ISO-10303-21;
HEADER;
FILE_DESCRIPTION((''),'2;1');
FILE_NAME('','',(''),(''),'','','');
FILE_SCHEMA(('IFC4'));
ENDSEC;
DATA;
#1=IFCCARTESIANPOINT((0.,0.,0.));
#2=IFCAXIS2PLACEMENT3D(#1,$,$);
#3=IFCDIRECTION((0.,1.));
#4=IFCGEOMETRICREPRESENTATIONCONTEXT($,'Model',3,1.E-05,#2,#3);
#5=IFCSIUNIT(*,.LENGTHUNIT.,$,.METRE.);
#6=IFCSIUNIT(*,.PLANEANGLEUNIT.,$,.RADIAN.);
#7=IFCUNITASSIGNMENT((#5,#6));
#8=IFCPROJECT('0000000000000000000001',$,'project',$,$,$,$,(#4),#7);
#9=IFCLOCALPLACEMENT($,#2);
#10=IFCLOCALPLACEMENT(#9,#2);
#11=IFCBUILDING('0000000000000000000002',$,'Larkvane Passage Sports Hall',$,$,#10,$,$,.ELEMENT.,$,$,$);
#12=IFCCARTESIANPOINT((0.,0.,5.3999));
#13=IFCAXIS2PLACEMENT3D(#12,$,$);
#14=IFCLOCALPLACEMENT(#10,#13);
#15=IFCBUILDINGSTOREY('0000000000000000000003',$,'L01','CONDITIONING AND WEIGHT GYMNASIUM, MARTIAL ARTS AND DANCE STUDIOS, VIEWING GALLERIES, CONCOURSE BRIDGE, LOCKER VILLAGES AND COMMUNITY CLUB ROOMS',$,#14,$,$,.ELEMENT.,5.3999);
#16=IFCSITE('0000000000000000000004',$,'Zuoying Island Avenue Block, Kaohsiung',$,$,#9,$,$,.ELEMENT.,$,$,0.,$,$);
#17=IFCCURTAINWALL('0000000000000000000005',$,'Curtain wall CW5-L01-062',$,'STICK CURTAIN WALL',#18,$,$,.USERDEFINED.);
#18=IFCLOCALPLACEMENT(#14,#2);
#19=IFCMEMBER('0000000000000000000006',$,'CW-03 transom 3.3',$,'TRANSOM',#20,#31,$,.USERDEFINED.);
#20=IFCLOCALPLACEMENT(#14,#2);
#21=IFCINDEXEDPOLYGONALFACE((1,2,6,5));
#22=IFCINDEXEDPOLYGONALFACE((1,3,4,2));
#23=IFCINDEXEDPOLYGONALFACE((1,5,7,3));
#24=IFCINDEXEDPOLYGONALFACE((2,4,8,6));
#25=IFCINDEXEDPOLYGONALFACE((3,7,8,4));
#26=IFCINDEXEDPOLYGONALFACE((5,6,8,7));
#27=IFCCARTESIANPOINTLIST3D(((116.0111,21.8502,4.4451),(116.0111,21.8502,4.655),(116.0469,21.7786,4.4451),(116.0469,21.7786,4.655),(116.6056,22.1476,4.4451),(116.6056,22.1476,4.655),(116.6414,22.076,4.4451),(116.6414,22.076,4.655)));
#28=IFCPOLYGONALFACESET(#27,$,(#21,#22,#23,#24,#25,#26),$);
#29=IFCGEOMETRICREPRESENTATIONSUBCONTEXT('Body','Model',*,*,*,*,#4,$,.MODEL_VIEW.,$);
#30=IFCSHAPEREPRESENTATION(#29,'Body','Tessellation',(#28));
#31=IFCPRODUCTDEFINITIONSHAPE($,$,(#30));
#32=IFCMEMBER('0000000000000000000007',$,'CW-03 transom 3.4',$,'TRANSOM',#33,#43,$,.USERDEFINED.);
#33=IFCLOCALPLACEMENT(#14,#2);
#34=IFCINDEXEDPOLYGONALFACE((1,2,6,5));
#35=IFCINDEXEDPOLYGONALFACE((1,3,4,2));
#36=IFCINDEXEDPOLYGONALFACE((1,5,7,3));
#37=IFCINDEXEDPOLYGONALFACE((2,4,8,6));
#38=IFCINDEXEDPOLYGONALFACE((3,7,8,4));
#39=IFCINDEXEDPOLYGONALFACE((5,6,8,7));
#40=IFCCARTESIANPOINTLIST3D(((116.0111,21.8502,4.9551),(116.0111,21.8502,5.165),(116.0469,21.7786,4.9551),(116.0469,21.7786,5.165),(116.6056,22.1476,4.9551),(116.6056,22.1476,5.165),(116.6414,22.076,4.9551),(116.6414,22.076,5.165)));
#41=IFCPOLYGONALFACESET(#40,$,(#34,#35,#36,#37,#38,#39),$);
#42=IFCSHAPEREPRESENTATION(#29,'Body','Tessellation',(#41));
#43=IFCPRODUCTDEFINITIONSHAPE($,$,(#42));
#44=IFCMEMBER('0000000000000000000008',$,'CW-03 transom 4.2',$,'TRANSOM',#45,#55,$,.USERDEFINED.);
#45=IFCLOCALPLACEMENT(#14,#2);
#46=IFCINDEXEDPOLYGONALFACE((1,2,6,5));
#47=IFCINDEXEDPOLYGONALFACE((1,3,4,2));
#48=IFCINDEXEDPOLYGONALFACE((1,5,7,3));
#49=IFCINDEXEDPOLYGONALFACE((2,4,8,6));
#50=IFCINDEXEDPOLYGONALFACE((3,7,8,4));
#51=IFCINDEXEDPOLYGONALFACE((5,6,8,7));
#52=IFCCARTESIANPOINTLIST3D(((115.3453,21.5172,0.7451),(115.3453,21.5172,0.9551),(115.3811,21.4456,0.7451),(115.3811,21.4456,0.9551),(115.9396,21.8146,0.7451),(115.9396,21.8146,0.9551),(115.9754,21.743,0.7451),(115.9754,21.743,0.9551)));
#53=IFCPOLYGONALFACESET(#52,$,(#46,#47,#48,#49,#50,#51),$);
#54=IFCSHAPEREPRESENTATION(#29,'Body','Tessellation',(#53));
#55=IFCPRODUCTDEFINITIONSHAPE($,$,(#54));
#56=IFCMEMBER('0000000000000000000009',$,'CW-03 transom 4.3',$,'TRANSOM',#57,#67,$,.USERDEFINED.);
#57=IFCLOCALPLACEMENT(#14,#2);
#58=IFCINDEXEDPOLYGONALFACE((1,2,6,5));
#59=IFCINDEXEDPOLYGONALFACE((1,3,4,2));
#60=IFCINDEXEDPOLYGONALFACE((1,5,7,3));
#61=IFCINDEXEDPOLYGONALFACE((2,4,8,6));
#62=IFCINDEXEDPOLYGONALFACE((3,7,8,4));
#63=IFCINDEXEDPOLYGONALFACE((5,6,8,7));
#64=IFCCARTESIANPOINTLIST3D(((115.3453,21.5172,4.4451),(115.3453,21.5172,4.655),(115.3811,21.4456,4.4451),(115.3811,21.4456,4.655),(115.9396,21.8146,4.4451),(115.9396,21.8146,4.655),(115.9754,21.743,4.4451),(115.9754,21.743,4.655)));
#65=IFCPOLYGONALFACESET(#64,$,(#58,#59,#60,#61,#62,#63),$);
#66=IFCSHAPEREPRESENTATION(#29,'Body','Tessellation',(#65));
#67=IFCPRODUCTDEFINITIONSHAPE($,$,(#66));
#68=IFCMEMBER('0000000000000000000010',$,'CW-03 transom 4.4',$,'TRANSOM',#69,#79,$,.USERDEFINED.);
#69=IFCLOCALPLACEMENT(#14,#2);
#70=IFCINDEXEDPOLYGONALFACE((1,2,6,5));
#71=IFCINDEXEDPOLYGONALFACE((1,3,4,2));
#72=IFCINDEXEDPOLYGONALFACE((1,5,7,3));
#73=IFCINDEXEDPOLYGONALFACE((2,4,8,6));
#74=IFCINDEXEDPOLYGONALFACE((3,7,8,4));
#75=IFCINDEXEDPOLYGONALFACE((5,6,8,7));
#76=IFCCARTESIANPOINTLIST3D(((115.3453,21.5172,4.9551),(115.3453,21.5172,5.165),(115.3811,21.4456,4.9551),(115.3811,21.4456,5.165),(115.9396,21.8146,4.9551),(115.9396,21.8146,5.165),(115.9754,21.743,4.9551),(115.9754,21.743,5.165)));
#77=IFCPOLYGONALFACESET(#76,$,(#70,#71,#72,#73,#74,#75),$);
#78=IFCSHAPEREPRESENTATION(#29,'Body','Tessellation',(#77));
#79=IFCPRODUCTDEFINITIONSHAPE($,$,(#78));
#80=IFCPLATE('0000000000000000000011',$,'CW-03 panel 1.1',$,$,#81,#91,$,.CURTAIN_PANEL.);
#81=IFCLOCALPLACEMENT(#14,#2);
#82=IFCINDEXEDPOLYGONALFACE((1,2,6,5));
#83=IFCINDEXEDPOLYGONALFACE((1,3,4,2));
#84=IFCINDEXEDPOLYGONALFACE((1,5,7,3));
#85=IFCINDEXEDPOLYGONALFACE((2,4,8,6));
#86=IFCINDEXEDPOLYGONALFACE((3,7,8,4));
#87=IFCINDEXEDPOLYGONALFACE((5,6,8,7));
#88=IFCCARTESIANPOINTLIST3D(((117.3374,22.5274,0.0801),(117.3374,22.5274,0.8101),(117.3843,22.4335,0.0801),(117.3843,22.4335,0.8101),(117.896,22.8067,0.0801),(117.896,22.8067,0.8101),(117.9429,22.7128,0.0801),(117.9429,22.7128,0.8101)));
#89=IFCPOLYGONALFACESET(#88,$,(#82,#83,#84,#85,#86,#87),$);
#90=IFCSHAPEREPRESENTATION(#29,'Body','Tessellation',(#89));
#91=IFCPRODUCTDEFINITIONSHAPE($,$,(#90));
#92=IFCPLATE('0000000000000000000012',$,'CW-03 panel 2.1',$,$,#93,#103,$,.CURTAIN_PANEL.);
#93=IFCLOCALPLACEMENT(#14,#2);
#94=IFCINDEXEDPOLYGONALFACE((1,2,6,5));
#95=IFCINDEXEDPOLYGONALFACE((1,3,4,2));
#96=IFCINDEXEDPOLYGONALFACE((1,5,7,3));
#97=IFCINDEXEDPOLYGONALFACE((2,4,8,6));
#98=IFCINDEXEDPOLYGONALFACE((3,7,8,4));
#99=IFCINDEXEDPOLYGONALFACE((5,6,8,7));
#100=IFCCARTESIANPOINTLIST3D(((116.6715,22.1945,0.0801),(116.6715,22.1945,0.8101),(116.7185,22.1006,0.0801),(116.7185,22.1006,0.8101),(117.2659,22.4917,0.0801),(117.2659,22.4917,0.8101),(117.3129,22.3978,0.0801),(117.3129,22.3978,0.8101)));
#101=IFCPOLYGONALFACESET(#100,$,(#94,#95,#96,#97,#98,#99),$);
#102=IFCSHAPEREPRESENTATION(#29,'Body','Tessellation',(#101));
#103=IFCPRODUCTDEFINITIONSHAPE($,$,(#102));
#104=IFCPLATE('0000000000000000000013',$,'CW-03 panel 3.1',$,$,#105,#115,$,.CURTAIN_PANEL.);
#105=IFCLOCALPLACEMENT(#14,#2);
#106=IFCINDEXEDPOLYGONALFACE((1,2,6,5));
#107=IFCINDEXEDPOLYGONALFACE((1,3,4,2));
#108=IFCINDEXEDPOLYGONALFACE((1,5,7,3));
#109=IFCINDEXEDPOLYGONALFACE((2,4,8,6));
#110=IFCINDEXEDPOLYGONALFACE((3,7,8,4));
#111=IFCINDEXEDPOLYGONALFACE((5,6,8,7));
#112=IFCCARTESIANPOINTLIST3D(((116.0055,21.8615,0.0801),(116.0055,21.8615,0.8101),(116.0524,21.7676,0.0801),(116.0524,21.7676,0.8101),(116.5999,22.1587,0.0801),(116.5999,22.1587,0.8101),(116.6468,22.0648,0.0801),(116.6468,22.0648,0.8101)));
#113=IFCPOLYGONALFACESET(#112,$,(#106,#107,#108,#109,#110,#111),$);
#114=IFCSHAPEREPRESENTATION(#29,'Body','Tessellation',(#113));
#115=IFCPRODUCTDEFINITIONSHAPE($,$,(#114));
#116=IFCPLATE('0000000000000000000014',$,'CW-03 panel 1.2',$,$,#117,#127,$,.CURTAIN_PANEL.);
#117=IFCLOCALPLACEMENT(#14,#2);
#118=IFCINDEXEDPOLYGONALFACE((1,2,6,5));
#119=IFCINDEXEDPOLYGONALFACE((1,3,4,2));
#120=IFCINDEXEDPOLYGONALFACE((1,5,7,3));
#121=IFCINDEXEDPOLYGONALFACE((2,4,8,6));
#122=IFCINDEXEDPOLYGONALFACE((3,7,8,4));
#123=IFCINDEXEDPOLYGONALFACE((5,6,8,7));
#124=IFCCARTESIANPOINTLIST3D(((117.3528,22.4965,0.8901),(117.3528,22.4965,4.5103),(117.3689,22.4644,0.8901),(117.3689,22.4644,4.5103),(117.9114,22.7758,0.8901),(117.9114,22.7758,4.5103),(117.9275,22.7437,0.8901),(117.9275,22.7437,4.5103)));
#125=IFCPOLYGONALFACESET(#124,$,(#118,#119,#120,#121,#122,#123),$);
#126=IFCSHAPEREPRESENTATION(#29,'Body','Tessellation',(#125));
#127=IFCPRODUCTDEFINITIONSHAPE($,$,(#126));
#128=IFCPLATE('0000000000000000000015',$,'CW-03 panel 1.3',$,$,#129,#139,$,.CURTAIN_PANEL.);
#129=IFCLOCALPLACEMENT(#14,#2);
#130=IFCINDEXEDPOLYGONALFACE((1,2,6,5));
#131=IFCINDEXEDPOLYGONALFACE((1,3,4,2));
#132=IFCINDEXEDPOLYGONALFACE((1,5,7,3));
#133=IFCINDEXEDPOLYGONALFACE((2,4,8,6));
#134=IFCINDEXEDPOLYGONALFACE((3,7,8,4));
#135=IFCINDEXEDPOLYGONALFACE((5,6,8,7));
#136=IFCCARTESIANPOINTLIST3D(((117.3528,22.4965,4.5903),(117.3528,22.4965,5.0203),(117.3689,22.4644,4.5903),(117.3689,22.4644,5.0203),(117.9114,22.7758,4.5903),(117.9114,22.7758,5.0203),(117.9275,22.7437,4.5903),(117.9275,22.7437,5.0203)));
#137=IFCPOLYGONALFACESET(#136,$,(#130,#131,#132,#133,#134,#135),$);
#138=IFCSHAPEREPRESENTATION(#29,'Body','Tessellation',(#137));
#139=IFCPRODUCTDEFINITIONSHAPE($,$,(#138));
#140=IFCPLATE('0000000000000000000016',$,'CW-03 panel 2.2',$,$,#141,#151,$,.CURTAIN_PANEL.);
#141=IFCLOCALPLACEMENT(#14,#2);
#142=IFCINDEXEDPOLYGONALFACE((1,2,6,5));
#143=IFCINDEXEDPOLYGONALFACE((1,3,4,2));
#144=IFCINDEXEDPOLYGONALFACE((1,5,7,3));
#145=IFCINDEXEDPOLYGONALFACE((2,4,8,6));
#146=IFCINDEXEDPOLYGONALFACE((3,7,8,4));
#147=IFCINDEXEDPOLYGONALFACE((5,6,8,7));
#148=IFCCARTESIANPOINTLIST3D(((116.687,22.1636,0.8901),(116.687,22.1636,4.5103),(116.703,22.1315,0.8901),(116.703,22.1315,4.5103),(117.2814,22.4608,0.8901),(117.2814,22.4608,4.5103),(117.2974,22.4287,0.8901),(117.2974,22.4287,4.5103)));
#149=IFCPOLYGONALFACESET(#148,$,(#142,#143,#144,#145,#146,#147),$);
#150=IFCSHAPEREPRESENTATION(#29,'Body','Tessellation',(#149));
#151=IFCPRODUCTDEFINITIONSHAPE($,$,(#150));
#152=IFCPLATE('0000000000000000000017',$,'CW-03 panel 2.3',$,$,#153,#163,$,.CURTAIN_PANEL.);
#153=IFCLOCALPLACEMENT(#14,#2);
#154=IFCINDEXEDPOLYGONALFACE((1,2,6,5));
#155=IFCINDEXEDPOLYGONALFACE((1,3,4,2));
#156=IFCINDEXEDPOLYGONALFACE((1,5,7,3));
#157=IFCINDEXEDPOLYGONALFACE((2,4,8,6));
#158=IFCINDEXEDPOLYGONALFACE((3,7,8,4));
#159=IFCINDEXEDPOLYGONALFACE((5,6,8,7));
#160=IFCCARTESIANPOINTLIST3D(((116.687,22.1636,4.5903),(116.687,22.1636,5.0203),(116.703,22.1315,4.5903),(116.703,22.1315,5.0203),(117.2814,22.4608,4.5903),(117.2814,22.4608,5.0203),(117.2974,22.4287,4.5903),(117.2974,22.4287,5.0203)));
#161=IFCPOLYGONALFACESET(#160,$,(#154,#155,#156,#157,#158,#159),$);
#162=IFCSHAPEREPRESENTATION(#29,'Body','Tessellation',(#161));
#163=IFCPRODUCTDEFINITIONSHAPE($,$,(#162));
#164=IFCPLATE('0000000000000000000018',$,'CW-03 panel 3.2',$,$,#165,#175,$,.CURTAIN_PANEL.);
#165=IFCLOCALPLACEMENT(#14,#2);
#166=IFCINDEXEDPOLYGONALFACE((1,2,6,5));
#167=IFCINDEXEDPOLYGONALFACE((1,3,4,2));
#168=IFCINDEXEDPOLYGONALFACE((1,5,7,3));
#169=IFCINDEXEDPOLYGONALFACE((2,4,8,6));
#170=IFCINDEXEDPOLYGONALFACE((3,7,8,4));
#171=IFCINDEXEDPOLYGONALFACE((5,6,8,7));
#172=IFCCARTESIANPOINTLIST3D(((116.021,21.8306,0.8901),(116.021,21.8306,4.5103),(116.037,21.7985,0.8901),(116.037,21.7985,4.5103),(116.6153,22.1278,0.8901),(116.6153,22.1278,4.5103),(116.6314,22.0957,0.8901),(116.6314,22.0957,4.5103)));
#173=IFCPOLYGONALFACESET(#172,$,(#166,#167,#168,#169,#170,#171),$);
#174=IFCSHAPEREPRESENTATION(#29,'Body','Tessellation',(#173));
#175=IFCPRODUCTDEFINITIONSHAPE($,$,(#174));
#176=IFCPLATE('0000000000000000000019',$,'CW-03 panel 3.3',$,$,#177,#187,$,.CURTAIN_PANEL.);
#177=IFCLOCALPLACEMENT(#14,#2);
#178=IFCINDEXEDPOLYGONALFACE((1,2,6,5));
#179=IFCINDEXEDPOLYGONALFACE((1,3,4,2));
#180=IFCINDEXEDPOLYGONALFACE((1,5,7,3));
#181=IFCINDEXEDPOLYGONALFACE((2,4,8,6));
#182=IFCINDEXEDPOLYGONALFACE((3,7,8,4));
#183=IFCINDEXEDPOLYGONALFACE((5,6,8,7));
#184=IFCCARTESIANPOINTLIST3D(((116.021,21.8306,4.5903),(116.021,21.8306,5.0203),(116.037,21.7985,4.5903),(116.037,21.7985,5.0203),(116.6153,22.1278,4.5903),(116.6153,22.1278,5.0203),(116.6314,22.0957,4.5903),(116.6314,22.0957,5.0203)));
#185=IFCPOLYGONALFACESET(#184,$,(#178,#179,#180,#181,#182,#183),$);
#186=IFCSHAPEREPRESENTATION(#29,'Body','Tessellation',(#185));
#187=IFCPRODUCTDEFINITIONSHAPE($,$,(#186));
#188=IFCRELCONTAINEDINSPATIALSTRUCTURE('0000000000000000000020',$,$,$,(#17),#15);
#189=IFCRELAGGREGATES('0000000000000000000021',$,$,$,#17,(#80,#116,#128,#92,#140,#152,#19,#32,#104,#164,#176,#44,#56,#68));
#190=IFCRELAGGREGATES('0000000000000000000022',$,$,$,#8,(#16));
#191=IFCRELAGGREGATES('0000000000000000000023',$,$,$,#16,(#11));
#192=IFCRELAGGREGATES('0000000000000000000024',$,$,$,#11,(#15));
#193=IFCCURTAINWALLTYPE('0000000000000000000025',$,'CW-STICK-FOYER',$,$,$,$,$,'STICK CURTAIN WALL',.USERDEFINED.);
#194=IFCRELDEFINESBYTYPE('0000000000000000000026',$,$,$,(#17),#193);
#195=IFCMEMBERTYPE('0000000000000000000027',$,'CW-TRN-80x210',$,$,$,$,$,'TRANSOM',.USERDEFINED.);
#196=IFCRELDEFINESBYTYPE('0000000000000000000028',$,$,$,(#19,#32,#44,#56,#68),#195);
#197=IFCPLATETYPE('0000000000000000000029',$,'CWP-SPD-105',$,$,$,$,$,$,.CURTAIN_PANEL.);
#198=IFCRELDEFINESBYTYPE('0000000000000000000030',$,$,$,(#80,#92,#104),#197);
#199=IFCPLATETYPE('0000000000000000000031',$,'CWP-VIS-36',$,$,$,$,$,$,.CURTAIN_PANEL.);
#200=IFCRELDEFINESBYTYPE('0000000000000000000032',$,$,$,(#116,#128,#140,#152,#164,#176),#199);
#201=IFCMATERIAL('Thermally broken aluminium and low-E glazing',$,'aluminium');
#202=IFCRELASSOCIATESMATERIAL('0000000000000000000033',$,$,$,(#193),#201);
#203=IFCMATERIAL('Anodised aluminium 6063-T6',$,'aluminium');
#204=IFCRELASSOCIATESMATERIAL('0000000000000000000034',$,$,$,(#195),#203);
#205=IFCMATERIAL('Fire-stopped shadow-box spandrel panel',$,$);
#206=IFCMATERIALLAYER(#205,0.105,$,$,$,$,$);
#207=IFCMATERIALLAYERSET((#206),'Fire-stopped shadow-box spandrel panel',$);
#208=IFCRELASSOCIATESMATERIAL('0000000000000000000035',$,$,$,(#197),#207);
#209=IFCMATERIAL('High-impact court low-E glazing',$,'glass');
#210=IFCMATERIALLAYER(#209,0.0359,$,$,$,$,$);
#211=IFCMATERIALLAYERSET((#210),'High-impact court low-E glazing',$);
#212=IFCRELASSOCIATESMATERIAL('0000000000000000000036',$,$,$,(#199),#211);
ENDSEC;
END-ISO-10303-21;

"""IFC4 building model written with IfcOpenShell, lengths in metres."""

from ifc_helpers import new_model, si_unit, direction, frame, origin, origin_2d, place, context, subcontext, project, spatial, rectangle, extrude, material, layer, layer_set, material_profile, profile_set, type_object, element, aggregate, save


model = new_model("IFC4")

# Units and contexts
model_context = context("Model", 3, precision=1e-05, world=origin(), true_north=direction((0.0, 1.0)))
body_context = subcontext(model_context, "Body", "Model", "MODEL_VIEW")
ifc_project = project(units=[si_unit("LENGTHUNIT", "METRE"), si_unit("PLANEANGLEUNIT", "RADIAN")], contexts=[model_context])

# Site, building, storey
site_placement = place(None, origin())
site = spatial("IfcSite", under=ifc_project, at=site_placement, Name="Zuoying Island Avenue Block, Kaohsiung", CompositionType="ELEMENT", RefElevation=0.0)
building_placement = place(site_placement, origin())
building = spatial("IfcBuilding", under=site, at=building_placement, Name="Larkvane Passage Sports Hall", CompositionType="ELEMENT")
storey_placement = place(building_placement, frame((0.0, 0.0, 5.3999)))
storey = spatial("IfcBuildingStorey", under=building, at=storey_placement, Name="L01", Description="CONDITIONING AND WEIGHT GYMNASIUM, MARTIAL ARTS AND DANCE STUDIOS, VIEWING GALLERIES, CONCOURSE BRIDGE, LOCKER VILLAGES AND COMMUNITY CLUB ROOMS", CompositionType="ELEMENT", Elevation=5.3999)

# Curtain wall, members, plates
ifc_material_1 = material(Name="Thermally broken aluminium and low-E glazing", Category="aluminium")
curtain_wall_type = type_object("IfcCurtainWallType", Name="CW-STICK-FOYER", ElementType="STICK CURTAIN WALL", PredefinedType="USERDEFINED", material=ifc_material_1)
curtain_wall_placement = place(storey_placement, origin())
curtain_wall = element("IfcCurtainWall", 1, at=curtain_wall_placement, inside=storey, type_object=curtain_wall_type, Name="Curtain wall CW5-L01-062", ObjectType="STICK CURTAIN WALL", PredefinedType="USERDEFINED")
ifc_material_2 = material(Name="Anodised aluminium 6063-T6", Category="aluminium")
ifc_material_profile_1 = material_profile(ifc_material_2, rectangle(XDim=0.0801, YDim=0.21, at=origin_2d()), Name="ALU-TRN-80x210")
ifc_profile_set_1 = profile_set([ifc_material_profile_1], Name="Anodised aluminium 6063-T6")
member_type_1 = type_object("IfcMemberType", Name="CW-TRN-80x210", ElementType="TRANSOM", PredefinedType="USERDEFINED", material=ifc_profile_set_1)
member_1_placement = place(storey_placement, frame((116.6235, 22.1118, 4.55), z_axis=(-0.894354, -0.447361, 0.0), x_axis=(0.447361, -0.894354, 0.0)))
member_1 = element("IfcMember", 2, at=member_1_placement, type_object=member_type_1, Name="CW-03 transom 3.3", ObjectType="TRANSOM", PredefinedType="USERDEFINED", context=body_context, shape_type="SweptSolid", body=[
    extrude(rectangle(XDim=0.0801, YDim=0.21, at=origin_2d()), origin(), (0.0, 0.0, 1.0), 0.6648),
])
member_2_placement = place(storey_placement, frame((116.6235, 22.1118, 5.0601), z_axis=(-0.894354, -0.447361, 0.0), x_axis=(0.447361, -0.894354, 0.0)))
member_2 = element("IfcMember", 3, at=member_2_placement, type_object=member_type_1, Name="CW-03 transom 3.4", ObjectType="TRANSOM", PredefinedType="USERDEFINED", context=body_context, shape_type="SweptSolid", body=[
    extrude(rectangle(XDim=0.0801, YDim=0.21, at=origin_2d()), origin(), (0.0, 0.0, 1.0), 0.6648),
])
member_3_placement = place(storey_placement, frame((115.9575, 21.7788, 0.8501), z_axis=(-0.89428, -0.447508, 0.0), x_axis=(0.447508, -0.89428, 0.0)))
member_3 = element("IfcMember", 4, at=member_3_placement, type_object=member_type_1, Name="CW-03 transom 4.2", ObjectType="TRANSOM", PredefinedType="USERDEFINED", context=body_context, shape_type="SweptSolid", body=[
    extrude(rectangle(XDim=0.0801, YDim=0.21, at=origin_2d()), origin(), (0.0, 0.0, 1.0), 0.6646),
])
member_4_placement = place(storey_placement, frame((115.9575, 21.7788, 4.55), z_axis=(-0.89428, -0.447508, 0.0), x_axis=(0.447508, -0.89428, 0.0)))
member_4 = element("IfcMember", 5, at=member_4_placement, type_object=member_type_1, Name="CW-03 transom 4.3", ObjectType="TRANSOM", PredefinedType="USERDEFINED", context=body_context, shape_type="SweptSolid", body=[
    extrude(rectangle(XDim=0.0801, YDim=0.21, at=origin_2d()), origin(), (0.0, 0.0, 1.0), 0.6646),
])
member_5_placement = place(storey_placement, frame((115.9575, 21.7788, 5.0601), z_axis=(-0.89428, -0.447508, 0.0), x_axis=(0.447508, -0.89428, 0.0)))
member_5 = element("IfcMember", 6, at=member_5_placement, type_object=member_type_1, Name="CW-03 transom 4.4", ObjectType="TRANSOM", PredefinedType="USERDEFINED", context=body_context, shape_type="SweptSolid", body=[
    extrude(rectangle(XDim=0.0801, YDim=0.21, at=origin_2d()), origin(), (0.0, 0.0, 1.0), 0.6646),
])
ifc_material_3 = material(Name="Fire-stopped shadow-box spandrel panel")
ifc_layer_1 = layer(ifc_material_3, 0.105)
ifc_layer_set_1 = layer_set([ifc_layer_1], Name="Fire-stopped shadow-box spandrel panel")
plate_type_1 = type_object("IfcPlateType", Name="CWP-SPD-105", PredefinedType="CURTAIN_PANEL", material=ifc_layer_set_1)
plate_1_placement = place(storey_placement, frame((117.6401, 22.6201, 0.0801), z_axis=(0.0, 0.0, 1.0), x_axis=(-0.894429, -0.447209, 0.0)))
plate_1 = element("IfcPlate", 7, at=plate_1_placement, type_object=plate_type_1, Name="CW-03 panel 1.1", PredefinedType="CURTAIN_PANEL", context=body_context, shape_type="SweptSolid", body=[
    extrude(rectangle(XDim=0.6245, YDim=0.105, at=origin_2d()), origin(), (0.0, 0.0, 1.0), 0.73),
])
plate_2_placement = place(storey_placement, frame((116.9922, 22.2961, 0.0801), z_axis=(0.0, 0.0, 1.0), x_axis=(-0.894429, -0.447209, 0.0)))
plate_2 = element("IfcPlate", 8, at=plate_2_placement, type_object=plate_type_1, Name="CW-03 panel 2.1", PredefinedType="CURTAIN_PANEL", context=body_context, shape_type="SweptSolid", body=[
    extrude(rectangle(XDim=0.6646, YDim=0.105, at=origin_2d()), origin(), (0.0, 0.0, 1.0), 0.73),
])
plate_3_placement = place(storey_placement, frame((116.3262, 21.9631, 0.0801), z_axis=(0.0, 0.0, 1.0), x_axis=(-0.894429, -0.447209, 0.0)))
plate_3 = element("IfcPlate", 9, at=plate_3_placement, type_object=plate_type_1, Name="CW-03 panel 3.1", PredefinedType="CURTAIN_PANEL", context=body_context, shape_type="SweptSolid", body=[
    extrude(rectangle(XDim=0.6646, YDim=0.105, at=origin_2d()), origin(), (0.0, 0.0, 1.0), 0.73),
])
ifc_material_4 = material(Name="High-impact court low-E glazing", Category="glass")
ifc_layer_2 = layer(ifc_material_4, 0.0359)
ifc_layer_set_2 = layer_set([ifc_layer_2], Name="High-impact court low-E glazing")
plate_type_2 = type_object("IfcPlateType", Name="CWP-VIS-36", PredefinedType="CURTAIN_PANEL", material=ifc_layer_set_2)
plate_4_placement = place(storey_placement, frame((117.6401, 22.6201, 0.8901), z_axis=(0.0, 0.0, 1.0), x_axis=(-0.894429, -0.447209, 0.0)))
plate_4 = element("IfcPlate", 10, at=plate_4_placement, type_object=plate_type_2, Name="CW-03 panel 1.2", PredefinedType="CURTAIN_PANEL", context=body_context, shape_type="SweptSolid", body=[
    extrude(rectangle(XDim=0.6245, YDim=0.0359, at=origin_2d()), origin(), (0.0, 0.0, 1.0), 3.6201),
])
plate_5_placement = place(storey_placement, frame((117.6401, 22.6201, 4.5903), z_axis=(0.0, 0.0, 1.0), x_axis=(-0.894429, -0.447209, 0.0)))
plate_5 = element("IfcPlate", 11, at=plate_5_placement, type_object=plate_type_2, Name="CW-03 panel 1.3", PredefinedType="CURTAIN_PANEL", context=body_context, shape_type="SweptSolid", body=[
    extrude(rectangle(XDim=0.6245, YDim=0.0359, at=origin_2d()), origin(), (0.0, 0.0, 1.0), 0.4299),
])
plate_6_placement = place(storey_placement, frame((116.9922, 22.2961, 0.8901), z_axis=(0.0, 0.0, 1.0), x_axis=(-0.894429, -0.447209, 0.0)))
plate_6 = element("IfcPlate", 12, at=plate_6_placement, type_object=plate_type_2, Name="CW-03 panel 2.2", PredefinedType="CURTAIN_PANEL", context=body_context, shape_type="SweptSolid", body=[
    extrude(rectangle(XDim=0.6646, YDim=0.0359, at=origin_2d()), origin(), (0.0, 0.0, 1.0), 3.6201),
])
plate_7_placement = place(storey_placement, frame((116.9922, 22.2961, 4.5903), z_axis=(0.0, 0.0, 1.0), x_axis=(-0.894429, -0.447209, 0.0)))
plate_7 = element("IfcPlate", 13, at=plate_7_placement, type_object=plate_type_2, Name="CW-03 panel 2.3", PredefinedType="CURTAIN_PANEL", context=body_context, shape_type="SweptSolid", body=[
    extrude(rectangle(XDim=0.6646, YDim=0.0359, at=origin_2d()), origin(), (0.0, 0.0, 1.0), 0.4299),
])
plate_8_placement = place(storey_placement, frame((116.3262, 21.9631, 0.8901), z_axis=(0.0, 0.0, 1.0), x_axis=(-0.894429, -0.447209, 0.0)))
plate_8 = element("IfcPlate", 14, at=plate_8_placement, type_object=plate_type_2, Name="CW-03 panel 3.2", PredefinedType="CURTAIN_PANEL", context=body_context, shape_type="SweptSolid", body=[
    extrude(rectangle(XDim=0.6646, YDim=0.0359, at=origin_2d()), origin(), (0.0, 0.0, 1.0), 3.6201),
])
plate_9_placement = place(storey_placement, frame((116.3262, 21.9631, 4.5903), z_axis=(0.0, 0.0, 1.0), x_axis=(-0.894429, -0.447209, 0.0)))
plate_9 = element("IfcPlate", 15, at=plate_9_placement, type_object=plate_type_2, Name="CW-03 panel 3.3", PredefinedType="CURTAIN_PANEL", context=body_context, shape_type="SweptSolid", body=[
    extrude(rectangle(XDim=0.6646, YDim=0.0359, at=origin_2d()), origin(), (0.0, 0.0, 1.0), 0.4299),
])
aggregate(curtain_wall, [plate_1, plate_4, plate_5, plate_2, plate_6, plate_7, member_1, member_2, plate_3, plate_8, plate_9, member_3, member_4, member_5])

save(model, "model.ifc")
